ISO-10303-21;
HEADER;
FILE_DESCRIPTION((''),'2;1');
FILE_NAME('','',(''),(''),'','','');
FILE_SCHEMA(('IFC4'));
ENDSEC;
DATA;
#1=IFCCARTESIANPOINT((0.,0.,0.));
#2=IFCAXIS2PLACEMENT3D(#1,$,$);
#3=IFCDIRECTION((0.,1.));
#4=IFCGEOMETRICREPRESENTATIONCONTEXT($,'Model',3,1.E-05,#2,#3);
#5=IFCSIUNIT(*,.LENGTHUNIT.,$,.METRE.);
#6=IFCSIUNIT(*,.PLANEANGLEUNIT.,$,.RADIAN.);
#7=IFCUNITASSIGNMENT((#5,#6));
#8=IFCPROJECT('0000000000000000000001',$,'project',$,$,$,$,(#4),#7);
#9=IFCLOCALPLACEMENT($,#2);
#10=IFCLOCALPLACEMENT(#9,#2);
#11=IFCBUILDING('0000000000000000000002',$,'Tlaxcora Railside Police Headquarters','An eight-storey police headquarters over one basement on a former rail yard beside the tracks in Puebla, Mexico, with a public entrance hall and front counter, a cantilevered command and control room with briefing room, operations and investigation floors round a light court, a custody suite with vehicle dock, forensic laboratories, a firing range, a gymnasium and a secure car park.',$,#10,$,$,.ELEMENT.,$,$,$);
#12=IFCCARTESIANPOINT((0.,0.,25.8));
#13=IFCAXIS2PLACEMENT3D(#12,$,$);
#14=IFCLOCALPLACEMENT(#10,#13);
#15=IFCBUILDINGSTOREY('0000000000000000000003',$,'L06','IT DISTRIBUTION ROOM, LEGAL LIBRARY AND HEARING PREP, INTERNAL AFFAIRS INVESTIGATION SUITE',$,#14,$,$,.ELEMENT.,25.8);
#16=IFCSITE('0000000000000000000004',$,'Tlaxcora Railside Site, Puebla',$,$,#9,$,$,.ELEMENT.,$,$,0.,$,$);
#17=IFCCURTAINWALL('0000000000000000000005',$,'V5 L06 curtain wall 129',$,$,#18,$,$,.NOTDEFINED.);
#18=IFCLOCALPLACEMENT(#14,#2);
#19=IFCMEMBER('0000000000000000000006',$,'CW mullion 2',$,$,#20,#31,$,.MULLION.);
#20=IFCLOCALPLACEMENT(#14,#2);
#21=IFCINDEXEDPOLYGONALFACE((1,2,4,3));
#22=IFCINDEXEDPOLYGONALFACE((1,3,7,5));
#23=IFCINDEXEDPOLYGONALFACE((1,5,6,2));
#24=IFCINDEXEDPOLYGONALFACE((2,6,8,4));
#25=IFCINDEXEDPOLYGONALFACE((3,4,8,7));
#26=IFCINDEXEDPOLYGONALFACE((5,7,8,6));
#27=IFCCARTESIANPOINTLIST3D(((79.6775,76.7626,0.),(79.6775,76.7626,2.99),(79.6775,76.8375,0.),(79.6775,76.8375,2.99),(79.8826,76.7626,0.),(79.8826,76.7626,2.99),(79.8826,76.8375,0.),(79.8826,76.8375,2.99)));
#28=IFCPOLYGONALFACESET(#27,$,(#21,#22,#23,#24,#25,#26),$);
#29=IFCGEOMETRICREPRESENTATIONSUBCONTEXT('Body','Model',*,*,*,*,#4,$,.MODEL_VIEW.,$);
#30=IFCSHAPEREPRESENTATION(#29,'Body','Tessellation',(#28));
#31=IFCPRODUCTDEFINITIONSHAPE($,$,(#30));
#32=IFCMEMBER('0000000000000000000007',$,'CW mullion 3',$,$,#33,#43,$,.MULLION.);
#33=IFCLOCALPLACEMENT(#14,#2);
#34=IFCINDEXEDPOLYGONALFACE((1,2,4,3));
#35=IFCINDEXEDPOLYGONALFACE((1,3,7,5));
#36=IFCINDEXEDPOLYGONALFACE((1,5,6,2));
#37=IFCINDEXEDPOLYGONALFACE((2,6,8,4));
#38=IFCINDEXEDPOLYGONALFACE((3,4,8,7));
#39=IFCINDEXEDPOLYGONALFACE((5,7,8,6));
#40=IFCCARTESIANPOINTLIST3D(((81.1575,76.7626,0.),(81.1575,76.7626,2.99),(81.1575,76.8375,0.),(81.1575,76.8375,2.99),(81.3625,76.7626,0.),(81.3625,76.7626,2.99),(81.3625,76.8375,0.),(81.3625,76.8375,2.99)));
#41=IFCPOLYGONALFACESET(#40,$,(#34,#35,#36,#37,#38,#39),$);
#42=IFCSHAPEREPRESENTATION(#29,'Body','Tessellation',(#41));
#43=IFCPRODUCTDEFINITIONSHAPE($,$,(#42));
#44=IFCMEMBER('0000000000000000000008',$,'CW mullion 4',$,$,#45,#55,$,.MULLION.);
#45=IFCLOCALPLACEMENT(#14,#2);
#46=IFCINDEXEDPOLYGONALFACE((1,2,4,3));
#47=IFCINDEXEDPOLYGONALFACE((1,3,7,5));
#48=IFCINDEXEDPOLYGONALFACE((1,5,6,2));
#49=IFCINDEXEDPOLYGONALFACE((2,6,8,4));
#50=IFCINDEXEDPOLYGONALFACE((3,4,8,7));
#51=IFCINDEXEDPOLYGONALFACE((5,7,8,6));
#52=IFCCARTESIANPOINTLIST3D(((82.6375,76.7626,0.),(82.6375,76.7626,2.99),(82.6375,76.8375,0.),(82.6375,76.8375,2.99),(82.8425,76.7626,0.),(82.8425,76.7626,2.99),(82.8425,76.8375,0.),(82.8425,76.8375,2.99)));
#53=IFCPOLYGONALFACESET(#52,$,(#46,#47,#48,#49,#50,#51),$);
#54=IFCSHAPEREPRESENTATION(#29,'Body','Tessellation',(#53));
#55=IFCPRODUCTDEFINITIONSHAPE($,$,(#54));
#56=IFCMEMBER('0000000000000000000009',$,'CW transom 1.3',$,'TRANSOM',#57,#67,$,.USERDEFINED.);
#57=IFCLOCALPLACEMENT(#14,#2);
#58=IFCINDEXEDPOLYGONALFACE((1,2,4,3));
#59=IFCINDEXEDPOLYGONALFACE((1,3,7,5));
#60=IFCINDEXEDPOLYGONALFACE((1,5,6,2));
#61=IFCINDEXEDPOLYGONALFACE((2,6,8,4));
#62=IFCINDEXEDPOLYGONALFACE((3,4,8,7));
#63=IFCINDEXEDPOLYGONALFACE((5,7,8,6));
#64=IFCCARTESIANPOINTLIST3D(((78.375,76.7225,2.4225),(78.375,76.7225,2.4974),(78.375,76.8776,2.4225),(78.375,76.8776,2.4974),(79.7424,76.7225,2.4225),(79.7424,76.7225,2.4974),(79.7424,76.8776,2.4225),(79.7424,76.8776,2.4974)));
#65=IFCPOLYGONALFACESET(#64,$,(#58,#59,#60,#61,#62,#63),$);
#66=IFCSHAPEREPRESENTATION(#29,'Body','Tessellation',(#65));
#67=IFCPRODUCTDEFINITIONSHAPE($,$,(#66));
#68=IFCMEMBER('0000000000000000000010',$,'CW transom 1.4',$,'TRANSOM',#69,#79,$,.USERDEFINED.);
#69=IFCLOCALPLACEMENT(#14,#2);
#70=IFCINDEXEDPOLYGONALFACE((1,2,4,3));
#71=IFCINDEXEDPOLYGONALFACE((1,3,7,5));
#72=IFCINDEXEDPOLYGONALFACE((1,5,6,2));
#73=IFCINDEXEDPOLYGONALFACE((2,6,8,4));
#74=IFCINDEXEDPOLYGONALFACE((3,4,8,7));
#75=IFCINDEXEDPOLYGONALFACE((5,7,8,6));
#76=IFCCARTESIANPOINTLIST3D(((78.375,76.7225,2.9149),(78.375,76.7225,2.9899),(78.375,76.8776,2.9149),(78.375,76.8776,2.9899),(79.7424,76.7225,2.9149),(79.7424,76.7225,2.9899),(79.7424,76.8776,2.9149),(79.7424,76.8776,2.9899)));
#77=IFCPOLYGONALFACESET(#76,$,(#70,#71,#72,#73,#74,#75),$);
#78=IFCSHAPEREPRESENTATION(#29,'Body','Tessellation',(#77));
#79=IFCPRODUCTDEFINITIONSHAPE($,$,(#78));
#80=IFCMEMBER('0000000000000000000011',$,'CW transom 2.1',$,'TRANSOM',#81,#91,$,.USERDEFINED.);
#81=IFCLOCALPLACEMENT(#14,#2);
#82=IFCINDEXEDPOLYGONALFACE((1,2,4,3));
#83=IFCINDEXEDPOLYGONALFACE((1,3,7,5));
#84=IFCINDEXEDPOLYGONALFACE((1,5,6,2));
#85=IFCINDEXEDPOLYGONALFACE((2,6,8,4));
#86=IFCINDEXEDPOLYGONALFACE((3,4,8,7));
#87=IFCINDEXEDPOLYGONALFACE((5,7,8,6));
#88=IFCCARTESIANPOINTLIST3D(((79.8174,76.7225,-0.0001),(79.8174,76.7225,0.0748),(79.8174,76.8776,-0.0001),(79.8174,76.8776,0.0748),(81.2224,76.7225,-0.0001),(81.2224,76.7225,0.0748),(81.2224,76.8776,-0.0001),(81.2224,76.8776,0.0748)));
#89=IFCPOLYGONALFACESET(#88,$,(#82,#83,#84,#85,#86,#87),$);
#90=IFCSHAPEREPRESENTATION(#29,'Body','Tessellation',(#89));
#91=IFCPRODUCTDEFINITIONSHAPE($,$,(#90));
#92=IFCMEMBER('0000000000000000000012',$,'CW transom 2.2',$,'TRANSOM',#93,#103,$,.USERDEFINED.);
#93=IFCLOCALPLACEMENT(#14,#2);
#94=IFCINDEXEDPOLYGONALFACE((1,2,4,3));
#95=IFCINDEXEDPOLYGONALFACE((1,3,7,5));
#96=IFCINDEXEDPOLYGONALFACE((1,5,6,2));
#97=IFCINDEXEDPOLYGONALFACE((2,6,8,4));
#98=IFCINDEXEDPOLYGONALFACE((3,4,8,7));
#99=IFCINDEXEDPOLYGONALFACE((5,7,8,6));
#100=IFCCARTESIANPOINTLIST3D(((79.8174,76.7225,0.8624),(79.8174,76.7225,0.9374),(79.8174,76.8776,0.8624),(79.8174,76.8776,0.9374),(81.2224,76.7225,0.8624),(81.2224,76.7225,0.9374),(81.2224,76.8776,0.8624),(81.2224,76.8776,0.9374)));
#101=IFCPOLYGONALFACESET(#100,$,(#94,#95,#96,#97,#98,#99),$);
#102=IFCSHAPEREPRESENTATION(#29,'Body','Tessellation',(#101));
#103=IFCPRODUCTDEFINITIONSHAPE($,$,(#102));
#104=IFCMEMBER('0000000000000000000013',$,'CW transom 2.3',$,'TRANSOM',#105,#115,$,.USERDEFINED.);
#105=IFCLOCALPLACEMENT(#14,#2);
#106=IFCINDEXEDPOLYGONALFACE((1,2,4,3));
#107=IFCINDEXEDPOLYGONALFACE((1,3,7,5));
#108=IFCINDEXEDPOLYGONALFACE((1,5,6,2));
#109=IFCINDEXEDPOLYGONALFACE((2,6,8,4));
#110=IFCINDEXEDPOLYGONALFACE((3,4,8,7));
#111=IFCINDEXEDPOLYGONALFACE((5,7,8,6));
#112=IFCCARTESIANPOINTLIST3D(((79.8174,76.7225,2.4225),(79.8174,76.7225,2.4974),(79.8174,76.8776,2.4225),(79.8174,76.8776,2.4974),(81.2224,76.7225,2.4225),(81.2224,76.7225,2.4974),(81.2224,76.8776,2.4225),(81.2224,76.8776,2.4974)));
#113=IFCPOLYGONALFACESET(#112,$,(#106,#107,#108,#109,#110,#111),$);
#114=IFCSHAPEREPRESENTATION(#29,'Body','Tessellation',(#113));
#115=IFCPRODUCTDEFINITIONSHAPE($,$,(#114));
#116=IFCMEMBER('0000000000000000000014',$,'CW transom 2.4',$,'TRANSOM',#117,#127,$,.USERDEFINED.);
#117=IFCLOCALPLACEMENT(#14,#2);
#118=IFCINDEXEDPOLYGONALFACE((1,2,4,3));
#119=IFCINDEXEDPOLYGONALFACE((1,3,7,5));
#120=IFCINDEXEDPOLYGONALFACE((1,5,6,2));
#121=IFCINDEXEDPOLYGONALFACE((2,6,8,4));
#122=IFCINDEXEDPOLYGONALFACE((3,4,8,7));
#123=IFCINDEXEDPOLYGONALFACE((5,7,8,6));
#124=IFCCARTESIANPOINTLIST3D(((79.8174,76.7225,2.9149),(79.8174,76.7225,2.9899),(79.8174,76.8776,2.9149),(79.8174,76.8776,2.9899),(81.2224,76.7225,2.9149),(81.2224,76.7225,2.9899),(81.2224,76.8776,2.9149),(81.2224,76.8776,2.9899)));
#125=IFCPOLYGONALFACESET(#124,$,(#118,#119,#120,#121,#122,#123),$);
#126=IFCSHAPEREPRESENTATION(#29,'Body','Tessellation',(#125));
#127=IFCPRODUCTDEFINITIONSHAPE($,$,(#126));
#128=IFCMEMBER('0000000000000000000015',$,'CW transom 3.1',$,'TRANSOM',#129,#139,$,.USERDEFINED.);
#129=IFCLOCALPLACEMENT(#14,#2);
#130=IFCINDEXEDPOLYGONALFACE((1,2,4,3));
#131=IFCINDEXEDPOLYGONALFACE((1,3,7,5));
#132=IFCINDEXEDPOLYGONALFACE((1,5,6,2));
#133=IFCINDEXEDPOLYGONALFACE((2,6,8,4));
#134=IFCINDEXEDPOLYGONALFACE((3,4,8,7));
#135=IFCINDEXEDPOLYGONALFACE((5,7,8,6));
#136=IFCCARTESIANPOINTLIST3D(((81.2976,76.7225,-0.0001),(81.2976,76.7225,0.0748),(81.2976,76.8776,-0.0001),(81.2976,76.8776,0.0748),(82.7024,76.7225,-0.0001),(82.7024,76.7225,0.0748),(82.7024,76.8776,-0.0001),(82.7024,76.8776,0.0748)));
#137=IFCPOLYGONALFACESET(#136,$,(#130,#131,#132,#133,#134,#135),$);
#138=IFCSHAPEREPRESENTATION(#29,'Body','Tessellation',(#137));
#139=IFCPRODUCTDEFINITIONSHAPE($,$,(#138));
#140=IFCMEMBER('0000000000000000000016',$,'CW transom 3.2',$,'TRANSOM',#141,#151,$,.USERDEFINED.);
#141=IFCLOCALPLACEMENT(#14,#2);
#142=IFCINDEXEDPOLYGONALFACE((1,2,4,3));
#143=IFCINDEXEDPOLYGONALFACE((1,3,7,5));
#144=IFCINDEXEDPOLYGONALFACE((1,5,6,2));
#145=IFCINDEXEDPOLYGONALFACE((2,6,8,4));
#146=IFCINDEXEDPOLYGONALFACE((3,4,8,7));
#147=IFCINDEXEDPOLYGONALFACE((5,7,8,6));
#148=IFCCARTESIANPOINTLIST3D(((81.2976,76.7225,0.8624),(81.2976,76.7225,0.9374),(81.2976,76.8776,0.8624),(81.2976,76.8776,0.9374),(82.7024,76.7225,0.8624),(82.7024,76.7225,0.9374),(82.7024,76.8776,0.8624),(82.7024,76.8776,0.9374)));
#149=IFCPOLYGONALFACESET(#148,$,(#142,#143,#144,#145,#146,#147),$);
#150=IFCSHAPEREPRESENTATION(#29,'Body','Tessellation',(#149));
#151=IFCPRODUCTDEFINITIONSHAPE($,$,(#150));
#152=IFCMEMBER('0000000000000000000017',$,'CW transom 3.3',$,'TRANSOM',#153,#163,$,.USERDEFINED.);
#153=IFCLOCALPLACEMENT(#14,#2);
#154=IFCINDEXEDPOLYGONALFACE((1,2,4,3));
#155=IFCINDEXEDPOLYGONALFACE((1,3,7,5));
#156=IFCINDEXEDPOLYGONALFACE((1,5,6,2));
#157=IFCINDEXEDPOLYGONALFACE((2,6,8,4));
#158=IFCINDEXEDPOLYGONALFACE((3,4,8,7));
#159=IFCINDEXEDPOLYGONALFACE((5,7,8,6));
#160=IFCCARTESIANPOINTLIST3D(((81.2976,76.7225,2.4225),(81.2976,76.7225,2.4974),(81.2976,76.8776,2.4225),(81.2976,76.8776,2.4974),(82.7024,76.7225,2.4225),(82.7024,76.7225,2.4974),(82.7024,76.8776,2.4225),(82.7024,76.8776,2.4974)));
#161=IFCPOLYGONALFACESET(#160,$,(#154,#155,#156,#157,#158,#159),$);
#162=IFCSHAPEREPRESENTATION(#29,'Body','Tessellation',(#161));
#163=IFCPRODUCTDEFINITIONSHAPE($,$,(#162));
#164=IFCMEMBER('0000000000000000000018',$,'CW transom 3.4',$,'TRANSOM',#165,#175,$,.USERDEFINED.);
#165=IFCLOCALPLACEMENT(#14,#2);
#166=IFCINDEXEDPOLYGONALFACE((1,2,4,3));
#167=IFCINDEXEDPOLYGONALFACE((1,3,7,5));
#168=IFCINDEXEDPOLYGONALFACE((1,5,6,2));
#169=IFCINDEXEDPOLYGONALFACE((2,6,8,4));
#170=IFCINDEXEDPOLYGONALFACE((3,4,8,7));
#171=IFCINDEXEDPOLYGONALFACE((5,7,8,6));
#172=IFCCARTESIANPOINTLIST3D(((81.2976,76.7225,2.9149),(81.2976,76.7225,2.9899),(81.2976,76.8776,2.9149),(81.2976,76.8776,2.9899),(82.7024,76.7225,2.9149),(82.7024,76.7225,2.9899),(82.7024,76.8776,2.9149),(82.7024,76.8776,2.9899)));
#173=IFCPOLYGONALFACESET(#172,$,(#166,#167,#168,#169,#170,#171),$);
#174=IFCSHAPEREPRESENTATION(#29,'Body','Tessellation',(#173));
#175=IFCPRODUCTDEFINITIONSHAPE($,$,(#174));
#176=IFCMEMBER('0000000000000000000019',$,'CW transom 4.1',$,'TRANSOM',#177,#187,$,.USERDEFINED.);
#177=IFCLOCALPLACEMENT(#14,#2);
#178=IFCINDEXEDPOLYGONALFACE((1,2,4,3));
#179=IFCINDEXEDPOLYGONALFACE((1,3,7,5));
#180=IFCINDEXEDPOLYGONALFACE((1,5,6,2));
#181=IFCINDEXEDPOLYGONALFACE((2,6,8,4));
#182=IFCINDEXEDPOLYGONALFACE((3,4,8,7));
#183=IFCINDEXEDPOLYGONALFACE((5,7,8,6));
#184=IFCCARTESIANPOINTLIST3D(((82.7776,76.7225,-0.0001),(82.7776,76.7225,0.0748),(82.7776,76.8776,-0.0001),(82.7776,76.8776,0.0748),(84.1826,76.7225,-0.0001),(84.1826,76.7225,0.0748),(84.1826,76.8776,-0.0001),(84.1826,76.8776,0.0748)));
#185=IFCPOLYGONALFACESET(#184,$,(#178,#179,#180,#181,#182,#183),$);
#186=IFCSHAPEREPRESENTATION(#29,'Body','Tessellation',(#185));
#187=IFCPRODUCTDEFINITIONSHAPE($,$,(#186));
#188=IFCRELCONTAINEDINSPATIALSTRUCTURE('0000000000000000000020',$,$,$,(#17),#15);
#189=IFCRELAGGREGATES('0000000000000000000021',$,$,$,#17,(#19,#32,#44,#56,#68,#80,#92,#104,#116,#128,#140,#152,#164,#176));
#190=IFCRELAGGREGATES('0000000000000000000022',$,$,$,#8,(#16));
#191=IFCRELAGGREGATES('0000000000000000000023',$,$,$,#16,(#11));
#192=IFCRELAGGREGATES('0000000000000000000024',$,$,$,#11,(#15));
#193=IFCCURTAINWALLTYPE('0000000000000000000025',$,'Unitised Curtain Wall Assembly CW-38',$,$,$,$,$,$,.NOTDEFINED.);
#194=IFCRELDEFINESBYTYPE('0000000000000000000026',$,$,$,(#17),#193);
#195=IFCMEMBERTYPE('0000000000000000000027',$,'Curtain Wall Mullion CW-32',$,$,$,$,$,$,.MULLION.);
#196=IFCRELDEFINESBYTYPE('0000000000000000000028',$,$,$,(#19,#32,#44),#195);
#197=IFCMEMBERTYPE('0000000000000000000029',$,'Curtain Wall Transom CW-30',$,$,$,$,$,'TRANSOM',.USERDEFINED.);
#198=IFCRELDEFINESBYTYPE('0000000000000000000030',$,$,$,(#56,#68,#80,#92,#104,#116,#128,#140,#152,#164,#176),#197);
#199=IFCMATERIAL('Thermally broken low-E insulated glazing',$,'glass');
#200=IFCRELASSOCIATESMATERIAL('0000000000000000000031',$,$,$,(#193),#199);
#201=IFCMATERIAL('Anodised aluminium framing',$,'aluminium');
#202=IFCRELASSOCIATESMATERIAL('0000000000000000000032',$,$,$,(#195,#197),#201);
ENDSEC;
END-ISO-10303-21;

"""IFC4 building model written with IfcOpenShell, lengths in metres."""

from ifc_helpers import new_model, si_unit, direction, frame, origin, origin_2d, place, context, subcontext, project, spatial, rectangle, extrude, material, material_profile, profile_set, type_object, element, aggregate, save


model = new_model("IFC4")

# Units and contexts
model_context = context("Model", 3, precision=1e-05, world=origin(), true_north=direction((0.0, 1.0)))
body_context = subcontext(model_context, "Body", "Model", "MODEL_VIEW")
ifc_project = project(units=[si_unit("LENGTHUNIT", "METRE"), si_unit("PLANEANGLEUNIT", "RADIAN")], contexts=[model_context])

# Site, building, storey
site_placement = place(None, origin())
site = spatial("IfcSite", under=ifc_project, at=site_placement, Name="Tlaxcora Railside Site, Puebla", CompositionType="ELEMENT", RefElevation=0.0)
building_placement = place(site_placement, origin())
building = spatial("IfcBuilding", under=site, at=building_placement, Name="Tlaxcora Railside Police Headquarters", Description="An eight-storey police headquarters over one basement on a former rail yard beside the tracks in Puebla, Mexico, with a public entrance hall and front counter, a cantilevered command and control room with briefing room, operations and investigation floors round a light court, a custody suite with vehicle dock, forensic laboratories, a firing range, a gymnasium and a secure car park.", CompositionType="ELEMENT")
storey_placement = place(building_placement, frame((0.0, 0.0, 25.8)))
storey = spatial("IfcBuildingStorey", under=building, at=storey_placement, Name="L06", Description="IT DISTRIBUTION ROOM, LEGAL LIBRARY AND HEARING PREP, INTERNAL AFFAIRS INVESTIGATION SUITE", CompositionType="ELEMENT", Elevation=25.8)

# Curtain wall, members
ifc_material_1 = material(Name="Thermally broken low-E insulated glazing", Category="glass")
curtain_wall_type = type_object("IfcCurtainWallType", Name="Unitised Curtain Wall Assembly CW-38", PredefinedType="NOTDEFINED", material=ifc_material_1)
curtain_wall_placement = place(storey_placement, origin())
curtain_wall = element("IfcCurtainWall", 1, at=curtain_wall_placement, inside=storey, type_object=curtain_wall_type, Name="V5 L06 curtain wall 129", PredefinedType="NOTDEFINED")
ifc_material_2 = material(Name="Anodised aluminium framing", Category="aluminium")
ifc_material_profile_1 = material_profile(ifc_material_2, rectangle(XDim=0.075, YDim=0.2051, at=origin_2d()), Name="AL75X205")
ifc_profile_set_1 = profile_set([ifc_material_profile_1], Name="Anodised aluminium framing")
member_type_1 = type_object("IfcMemberType", Name="Curtain Wall Mullion CW-32", PredefinedType="MULLION", material=ifc_profile_set_1)
member_1_placement = place(storey_placement, frame((79.78, 76.8, 0.0), z_axis=(0.0, 0.0, 1.0), x_axis=(0.0, 1.0, 0.0)))
member_1 = element("IfcMember", 2, at=member_1_placement, type_object=member_type_1, Name="CW mullion 2", PredefinedType="MULLION", context=body_context, shape_type="SweptSolid", body=[
    extrude(rectangle(XDim=0.075, YDim=0.2051, at=origin_2d()), origin(), (0.0, 0.0, 1.0), 2.99),
])
member_2_placement = place(storey_placement, frame((81.26, 76.8, 0.0), z_axis=(0.0, 0.0, 1.0), x_axis=(0.0, 1.0, 0.0)))
member_2 = element("IfcMember", 3, at=member_2_placement, type_object=member_type_1, Name="CW mullion 3", PredefinedType="MULLION", context=body_context, shape_type="SweptSolid", body=[
    extrude(rectangle(XDim=0.075, YDim=0.2051, at=origin_2d()), origin(), (0.0, 0.0, 1.0), 2.99),
])
member_3_placement = place(storey_placement, frame((82.74, 76.8, 0.0), z_axis=(0.0, 0.0, 1.0), x_axis=(0.0, 1.0, 0.0)))
member_3 = element("IfcMember", 4, at=member_3_placement, type_object=member_type_1, Name="CW mullion 4", PredefinedType="MULLION", context=body_context, shape_type="SweptSolid", body=[
    extrude(rectangle(XDim=0.075, YDim=0.2051, at=origin_2d()), origin(), (0.0, 0.0, 1.0), 2.99),
])
ifc_material_profile_2 = material_profile(ifc_material_2, rectangle(XDim=0.155, YDim=0.075, at=origin_2d()), Name="AL75X155")
ifc_profile_set_2 = profile_set([ifc_material_profile_2], Name="Anodised aluminium framing")
member_type_2 = type_object("IfcMemberType", Name="Curtain Wall Transom CW-30", ElementType="TRANSOM", PredefinedType="USERDEFINED", material=ifc_profile_set_2)
member_4_placement = place(storey_placement, frame((78.375, 76.8, 2.46), z_axis=(1.0, 0.0, 0.0), x_axis=(0.0, 1.0, 0.0)))
member_4 = element("IfcMember", 5, at=member_4_placement, type_object=member_type_2, Name="CW transom 1.3", ObjectType="TRANSOM", PredefinedType="USERDEFINED", context=body_context, shape_type="SweptSolid", body=[
    extrude(rectangle(XDim=0.155, YDim=0.075, at=origin_2d()), origin(), (0.0, 0.0, 1.0), 1.3674),
])
member_5_placement = place(storey_placement, frame((78.375, 76.8, 2.9524), z_axis=(1.0, 0.0, 0.0), x_axis=(0.0, 1.0, 0.0)))
member_5 = element("IfcMember", 6, at=member_5_placement, type_object=member_type_2, Name="CW transom 1.4", ObjectType="TRANSOM", PredefinedType="USERDEFINED", context=body_context, shape_type="SweptSolid", body=[
    extrude(rectangle(XDim=0.155, YDim=0.075, at=origin_2d()), origin(), (0.0, 0.0, 1.0), 1.3674),
])
member_6_placement = place(storey_placement, frame((79.8174, 76.8, 0.0374), z_axis=(1.0, 0.0, 0.0), x_axis=(0.0, 1.0, 0.0)))
member_6 = element("IfcMember", 7, at=member_6_placement, type_object=member_type_2, Name="CW transom 2.1", ObjectType="TRANSOM", PredefinedType="USERDEFINED", context=body_context, shape_type="SweptSolid", body=[
    extrude(rectangle(XDim=0.155, YDim=0.075, at=origin_2d()), origin(), (0.0, 0.0, 1.0), 1.405),
])
member_7_placement = place(storey_placement, frame((79.8174, 76.8, 0.8999), z_axis=(1.0, 0.0, 0.0), x_axis=(0.0, 1.0, 0.0)))
member_7 = element("IfcMember", 8, at=member_7_placement, type_object=member_type_2, Name="CW transom 2.2", ObjectType="TRANSOM", PredefinedType="USERDEFINED", context=body_context, shape_type="SweptSolid", body=[
    extrude(rectangle(XDim=0.155, YDim=0.075, at=origin_2d()), origin(), (0.0, 0.0, 1.0), 1.405),
])
member_8_placement = place(storey_placement, frame((79.8174, 76.8, 2.46), z_axis=(1.0, 0.0, 0.0), x_axis=(0.0, 1.0, 0.0)))
member_8 = element("IfcMember", 9, at=member_8_placement, type_object=member_type_2, Name="CW transom 2.3", ObjectType="TRANSOM", PredefinedType="USERDEFINED", context=body_context, shape_type="SweptSolid", body=[
    extrude(rectangle(XDim=0.155, YDim=0.075, at=origin_2d()), origin(), (0.0, 0.0, 1.0), 1.405),
])
member_9_placement = place(storey_placement, frame((79.8174, 76.8, 2.9524), z_axis=(1.0, 0.0, 0.0), x_axis=(0.0, 1.0, 0.0)))
member_9 = element("IfcMember", 10, at=member_9_placement, type_object=member_type_2, Name="CW transom 2.4", ObjectType="TRANSOM", PredefinedType="USERDEFINED", context=body_context, shape_type="SweptSolid", body=[
    extrude(rectangle(XDim=0.155, YDim=0.075, at=origin_2d()), origin(), (0.0, 0.0, 1.0), 1.405),
])
member_10_placement = place(storey_placement, frame((81.2976, 76.8, 0.0374), z_axis=(1.0, 0.0, 0.0), x_axis=(0.0, 1.0, 0.0)))
member_10 = element("IfcMember", 11, at=member_10_placement, type_object=member_type_2, Name="CW transom 3.1", ObjectType="TRANSOM", PredefinedType="USERDEFINED", context=body_context, shape_type="SweptSolid", body=[
    extrude(rectangle(XDim=0.155, YDim=0.075, at=origin_2d()), origin(), (0.0, 0.0, 1.0), 1.4048),
])
member_11_placement = place(storey_placement, frame((81.2976, 76.8, 0.8999), z_axis=(1.0, 0.0, 0.0), x_axis=(0.0, 1.0, 0.0)))
member_11 = element("IfcMember", 12, at=member_11_placement, type_object=member_type_2, Name="CW transom 3.2", ObjectType="TRANSOM", PredefinedType="USERDEFINED", context=body_context, shape_type="SweptSolid", body=[
    extrude(rectangle(XDim=0.155, YDim=0.075, at=origin_2d()), origin(), (0.0, 0.0, 1.0), 1.4048),
])
member_12_placement = place(storey_placement, frame((81.2976, 76.8, 2.46), z_axis=(1.0, 0.0, 0.0), x_axis=(0.0, 1.0, 0.0)))
member_12 = element("IfcMember", 13, at=member_12_placement, type_object=member_type_2, Name="CW transom 3.3", ObjectType="TRANSOM", PredefinedType="USERDEFINED", context=body_context, shape_type="SweptSolid", body=[
    extrude(rectangle(XDim=0.155, YDim=0.075, at=origin_2d()), origin(), (0.0, 0.0, 1.0), 1.4048),
])
member_13_placement = place(storey_placement, frame((81.2976, 76.8, 2.9524), z_axis=(1.0, 0.0, 0.0), x_axis=(0.0, 1.0, 0.0)))
member_13 = element("IfcMember", 14, at=member_13_placement, type_object=member_type_2, Name="CW transom 3.4", ObjectType="TRANSOM", PredefinedType="USERDEFINED", context=body_context, shape_type="SweptSolid", body=[
    extrude(rectangle(XDim=0.155, YDim=0.075, at=origin_2d()), origin(), (0.0, 0.0, 1.0), 1.4048),
])
member_14_placement = place(storey_placement, frame((82.7776, 76.8, 0.0374), z_axis=(1.0, 0.0, 0.0), x_axis=(0.0, 1.0, 0.0)))
member_14 = element("IfcMember", 15, at=member_14_placement, type_object=member_type_2, Name="CW transom 4.1", ObjectType="TRANSOM", PredefinedType="USERDEFINED", context=body_context, shape_type="SweptSolid", body=[
    extrude(rectangle(XDim=0.155, YDim=0.075, at=origin_2d()), origin(), (0.0, 0.0, 1.0), 1.405),
])
aggregate(curtain_wall, [member_1, member_2, member_3, member_4, member_5, member_6, member_7, member_8, member_9, member_10, member_11, member_12, member_13, member_14])

save(model, "model.ifc")
